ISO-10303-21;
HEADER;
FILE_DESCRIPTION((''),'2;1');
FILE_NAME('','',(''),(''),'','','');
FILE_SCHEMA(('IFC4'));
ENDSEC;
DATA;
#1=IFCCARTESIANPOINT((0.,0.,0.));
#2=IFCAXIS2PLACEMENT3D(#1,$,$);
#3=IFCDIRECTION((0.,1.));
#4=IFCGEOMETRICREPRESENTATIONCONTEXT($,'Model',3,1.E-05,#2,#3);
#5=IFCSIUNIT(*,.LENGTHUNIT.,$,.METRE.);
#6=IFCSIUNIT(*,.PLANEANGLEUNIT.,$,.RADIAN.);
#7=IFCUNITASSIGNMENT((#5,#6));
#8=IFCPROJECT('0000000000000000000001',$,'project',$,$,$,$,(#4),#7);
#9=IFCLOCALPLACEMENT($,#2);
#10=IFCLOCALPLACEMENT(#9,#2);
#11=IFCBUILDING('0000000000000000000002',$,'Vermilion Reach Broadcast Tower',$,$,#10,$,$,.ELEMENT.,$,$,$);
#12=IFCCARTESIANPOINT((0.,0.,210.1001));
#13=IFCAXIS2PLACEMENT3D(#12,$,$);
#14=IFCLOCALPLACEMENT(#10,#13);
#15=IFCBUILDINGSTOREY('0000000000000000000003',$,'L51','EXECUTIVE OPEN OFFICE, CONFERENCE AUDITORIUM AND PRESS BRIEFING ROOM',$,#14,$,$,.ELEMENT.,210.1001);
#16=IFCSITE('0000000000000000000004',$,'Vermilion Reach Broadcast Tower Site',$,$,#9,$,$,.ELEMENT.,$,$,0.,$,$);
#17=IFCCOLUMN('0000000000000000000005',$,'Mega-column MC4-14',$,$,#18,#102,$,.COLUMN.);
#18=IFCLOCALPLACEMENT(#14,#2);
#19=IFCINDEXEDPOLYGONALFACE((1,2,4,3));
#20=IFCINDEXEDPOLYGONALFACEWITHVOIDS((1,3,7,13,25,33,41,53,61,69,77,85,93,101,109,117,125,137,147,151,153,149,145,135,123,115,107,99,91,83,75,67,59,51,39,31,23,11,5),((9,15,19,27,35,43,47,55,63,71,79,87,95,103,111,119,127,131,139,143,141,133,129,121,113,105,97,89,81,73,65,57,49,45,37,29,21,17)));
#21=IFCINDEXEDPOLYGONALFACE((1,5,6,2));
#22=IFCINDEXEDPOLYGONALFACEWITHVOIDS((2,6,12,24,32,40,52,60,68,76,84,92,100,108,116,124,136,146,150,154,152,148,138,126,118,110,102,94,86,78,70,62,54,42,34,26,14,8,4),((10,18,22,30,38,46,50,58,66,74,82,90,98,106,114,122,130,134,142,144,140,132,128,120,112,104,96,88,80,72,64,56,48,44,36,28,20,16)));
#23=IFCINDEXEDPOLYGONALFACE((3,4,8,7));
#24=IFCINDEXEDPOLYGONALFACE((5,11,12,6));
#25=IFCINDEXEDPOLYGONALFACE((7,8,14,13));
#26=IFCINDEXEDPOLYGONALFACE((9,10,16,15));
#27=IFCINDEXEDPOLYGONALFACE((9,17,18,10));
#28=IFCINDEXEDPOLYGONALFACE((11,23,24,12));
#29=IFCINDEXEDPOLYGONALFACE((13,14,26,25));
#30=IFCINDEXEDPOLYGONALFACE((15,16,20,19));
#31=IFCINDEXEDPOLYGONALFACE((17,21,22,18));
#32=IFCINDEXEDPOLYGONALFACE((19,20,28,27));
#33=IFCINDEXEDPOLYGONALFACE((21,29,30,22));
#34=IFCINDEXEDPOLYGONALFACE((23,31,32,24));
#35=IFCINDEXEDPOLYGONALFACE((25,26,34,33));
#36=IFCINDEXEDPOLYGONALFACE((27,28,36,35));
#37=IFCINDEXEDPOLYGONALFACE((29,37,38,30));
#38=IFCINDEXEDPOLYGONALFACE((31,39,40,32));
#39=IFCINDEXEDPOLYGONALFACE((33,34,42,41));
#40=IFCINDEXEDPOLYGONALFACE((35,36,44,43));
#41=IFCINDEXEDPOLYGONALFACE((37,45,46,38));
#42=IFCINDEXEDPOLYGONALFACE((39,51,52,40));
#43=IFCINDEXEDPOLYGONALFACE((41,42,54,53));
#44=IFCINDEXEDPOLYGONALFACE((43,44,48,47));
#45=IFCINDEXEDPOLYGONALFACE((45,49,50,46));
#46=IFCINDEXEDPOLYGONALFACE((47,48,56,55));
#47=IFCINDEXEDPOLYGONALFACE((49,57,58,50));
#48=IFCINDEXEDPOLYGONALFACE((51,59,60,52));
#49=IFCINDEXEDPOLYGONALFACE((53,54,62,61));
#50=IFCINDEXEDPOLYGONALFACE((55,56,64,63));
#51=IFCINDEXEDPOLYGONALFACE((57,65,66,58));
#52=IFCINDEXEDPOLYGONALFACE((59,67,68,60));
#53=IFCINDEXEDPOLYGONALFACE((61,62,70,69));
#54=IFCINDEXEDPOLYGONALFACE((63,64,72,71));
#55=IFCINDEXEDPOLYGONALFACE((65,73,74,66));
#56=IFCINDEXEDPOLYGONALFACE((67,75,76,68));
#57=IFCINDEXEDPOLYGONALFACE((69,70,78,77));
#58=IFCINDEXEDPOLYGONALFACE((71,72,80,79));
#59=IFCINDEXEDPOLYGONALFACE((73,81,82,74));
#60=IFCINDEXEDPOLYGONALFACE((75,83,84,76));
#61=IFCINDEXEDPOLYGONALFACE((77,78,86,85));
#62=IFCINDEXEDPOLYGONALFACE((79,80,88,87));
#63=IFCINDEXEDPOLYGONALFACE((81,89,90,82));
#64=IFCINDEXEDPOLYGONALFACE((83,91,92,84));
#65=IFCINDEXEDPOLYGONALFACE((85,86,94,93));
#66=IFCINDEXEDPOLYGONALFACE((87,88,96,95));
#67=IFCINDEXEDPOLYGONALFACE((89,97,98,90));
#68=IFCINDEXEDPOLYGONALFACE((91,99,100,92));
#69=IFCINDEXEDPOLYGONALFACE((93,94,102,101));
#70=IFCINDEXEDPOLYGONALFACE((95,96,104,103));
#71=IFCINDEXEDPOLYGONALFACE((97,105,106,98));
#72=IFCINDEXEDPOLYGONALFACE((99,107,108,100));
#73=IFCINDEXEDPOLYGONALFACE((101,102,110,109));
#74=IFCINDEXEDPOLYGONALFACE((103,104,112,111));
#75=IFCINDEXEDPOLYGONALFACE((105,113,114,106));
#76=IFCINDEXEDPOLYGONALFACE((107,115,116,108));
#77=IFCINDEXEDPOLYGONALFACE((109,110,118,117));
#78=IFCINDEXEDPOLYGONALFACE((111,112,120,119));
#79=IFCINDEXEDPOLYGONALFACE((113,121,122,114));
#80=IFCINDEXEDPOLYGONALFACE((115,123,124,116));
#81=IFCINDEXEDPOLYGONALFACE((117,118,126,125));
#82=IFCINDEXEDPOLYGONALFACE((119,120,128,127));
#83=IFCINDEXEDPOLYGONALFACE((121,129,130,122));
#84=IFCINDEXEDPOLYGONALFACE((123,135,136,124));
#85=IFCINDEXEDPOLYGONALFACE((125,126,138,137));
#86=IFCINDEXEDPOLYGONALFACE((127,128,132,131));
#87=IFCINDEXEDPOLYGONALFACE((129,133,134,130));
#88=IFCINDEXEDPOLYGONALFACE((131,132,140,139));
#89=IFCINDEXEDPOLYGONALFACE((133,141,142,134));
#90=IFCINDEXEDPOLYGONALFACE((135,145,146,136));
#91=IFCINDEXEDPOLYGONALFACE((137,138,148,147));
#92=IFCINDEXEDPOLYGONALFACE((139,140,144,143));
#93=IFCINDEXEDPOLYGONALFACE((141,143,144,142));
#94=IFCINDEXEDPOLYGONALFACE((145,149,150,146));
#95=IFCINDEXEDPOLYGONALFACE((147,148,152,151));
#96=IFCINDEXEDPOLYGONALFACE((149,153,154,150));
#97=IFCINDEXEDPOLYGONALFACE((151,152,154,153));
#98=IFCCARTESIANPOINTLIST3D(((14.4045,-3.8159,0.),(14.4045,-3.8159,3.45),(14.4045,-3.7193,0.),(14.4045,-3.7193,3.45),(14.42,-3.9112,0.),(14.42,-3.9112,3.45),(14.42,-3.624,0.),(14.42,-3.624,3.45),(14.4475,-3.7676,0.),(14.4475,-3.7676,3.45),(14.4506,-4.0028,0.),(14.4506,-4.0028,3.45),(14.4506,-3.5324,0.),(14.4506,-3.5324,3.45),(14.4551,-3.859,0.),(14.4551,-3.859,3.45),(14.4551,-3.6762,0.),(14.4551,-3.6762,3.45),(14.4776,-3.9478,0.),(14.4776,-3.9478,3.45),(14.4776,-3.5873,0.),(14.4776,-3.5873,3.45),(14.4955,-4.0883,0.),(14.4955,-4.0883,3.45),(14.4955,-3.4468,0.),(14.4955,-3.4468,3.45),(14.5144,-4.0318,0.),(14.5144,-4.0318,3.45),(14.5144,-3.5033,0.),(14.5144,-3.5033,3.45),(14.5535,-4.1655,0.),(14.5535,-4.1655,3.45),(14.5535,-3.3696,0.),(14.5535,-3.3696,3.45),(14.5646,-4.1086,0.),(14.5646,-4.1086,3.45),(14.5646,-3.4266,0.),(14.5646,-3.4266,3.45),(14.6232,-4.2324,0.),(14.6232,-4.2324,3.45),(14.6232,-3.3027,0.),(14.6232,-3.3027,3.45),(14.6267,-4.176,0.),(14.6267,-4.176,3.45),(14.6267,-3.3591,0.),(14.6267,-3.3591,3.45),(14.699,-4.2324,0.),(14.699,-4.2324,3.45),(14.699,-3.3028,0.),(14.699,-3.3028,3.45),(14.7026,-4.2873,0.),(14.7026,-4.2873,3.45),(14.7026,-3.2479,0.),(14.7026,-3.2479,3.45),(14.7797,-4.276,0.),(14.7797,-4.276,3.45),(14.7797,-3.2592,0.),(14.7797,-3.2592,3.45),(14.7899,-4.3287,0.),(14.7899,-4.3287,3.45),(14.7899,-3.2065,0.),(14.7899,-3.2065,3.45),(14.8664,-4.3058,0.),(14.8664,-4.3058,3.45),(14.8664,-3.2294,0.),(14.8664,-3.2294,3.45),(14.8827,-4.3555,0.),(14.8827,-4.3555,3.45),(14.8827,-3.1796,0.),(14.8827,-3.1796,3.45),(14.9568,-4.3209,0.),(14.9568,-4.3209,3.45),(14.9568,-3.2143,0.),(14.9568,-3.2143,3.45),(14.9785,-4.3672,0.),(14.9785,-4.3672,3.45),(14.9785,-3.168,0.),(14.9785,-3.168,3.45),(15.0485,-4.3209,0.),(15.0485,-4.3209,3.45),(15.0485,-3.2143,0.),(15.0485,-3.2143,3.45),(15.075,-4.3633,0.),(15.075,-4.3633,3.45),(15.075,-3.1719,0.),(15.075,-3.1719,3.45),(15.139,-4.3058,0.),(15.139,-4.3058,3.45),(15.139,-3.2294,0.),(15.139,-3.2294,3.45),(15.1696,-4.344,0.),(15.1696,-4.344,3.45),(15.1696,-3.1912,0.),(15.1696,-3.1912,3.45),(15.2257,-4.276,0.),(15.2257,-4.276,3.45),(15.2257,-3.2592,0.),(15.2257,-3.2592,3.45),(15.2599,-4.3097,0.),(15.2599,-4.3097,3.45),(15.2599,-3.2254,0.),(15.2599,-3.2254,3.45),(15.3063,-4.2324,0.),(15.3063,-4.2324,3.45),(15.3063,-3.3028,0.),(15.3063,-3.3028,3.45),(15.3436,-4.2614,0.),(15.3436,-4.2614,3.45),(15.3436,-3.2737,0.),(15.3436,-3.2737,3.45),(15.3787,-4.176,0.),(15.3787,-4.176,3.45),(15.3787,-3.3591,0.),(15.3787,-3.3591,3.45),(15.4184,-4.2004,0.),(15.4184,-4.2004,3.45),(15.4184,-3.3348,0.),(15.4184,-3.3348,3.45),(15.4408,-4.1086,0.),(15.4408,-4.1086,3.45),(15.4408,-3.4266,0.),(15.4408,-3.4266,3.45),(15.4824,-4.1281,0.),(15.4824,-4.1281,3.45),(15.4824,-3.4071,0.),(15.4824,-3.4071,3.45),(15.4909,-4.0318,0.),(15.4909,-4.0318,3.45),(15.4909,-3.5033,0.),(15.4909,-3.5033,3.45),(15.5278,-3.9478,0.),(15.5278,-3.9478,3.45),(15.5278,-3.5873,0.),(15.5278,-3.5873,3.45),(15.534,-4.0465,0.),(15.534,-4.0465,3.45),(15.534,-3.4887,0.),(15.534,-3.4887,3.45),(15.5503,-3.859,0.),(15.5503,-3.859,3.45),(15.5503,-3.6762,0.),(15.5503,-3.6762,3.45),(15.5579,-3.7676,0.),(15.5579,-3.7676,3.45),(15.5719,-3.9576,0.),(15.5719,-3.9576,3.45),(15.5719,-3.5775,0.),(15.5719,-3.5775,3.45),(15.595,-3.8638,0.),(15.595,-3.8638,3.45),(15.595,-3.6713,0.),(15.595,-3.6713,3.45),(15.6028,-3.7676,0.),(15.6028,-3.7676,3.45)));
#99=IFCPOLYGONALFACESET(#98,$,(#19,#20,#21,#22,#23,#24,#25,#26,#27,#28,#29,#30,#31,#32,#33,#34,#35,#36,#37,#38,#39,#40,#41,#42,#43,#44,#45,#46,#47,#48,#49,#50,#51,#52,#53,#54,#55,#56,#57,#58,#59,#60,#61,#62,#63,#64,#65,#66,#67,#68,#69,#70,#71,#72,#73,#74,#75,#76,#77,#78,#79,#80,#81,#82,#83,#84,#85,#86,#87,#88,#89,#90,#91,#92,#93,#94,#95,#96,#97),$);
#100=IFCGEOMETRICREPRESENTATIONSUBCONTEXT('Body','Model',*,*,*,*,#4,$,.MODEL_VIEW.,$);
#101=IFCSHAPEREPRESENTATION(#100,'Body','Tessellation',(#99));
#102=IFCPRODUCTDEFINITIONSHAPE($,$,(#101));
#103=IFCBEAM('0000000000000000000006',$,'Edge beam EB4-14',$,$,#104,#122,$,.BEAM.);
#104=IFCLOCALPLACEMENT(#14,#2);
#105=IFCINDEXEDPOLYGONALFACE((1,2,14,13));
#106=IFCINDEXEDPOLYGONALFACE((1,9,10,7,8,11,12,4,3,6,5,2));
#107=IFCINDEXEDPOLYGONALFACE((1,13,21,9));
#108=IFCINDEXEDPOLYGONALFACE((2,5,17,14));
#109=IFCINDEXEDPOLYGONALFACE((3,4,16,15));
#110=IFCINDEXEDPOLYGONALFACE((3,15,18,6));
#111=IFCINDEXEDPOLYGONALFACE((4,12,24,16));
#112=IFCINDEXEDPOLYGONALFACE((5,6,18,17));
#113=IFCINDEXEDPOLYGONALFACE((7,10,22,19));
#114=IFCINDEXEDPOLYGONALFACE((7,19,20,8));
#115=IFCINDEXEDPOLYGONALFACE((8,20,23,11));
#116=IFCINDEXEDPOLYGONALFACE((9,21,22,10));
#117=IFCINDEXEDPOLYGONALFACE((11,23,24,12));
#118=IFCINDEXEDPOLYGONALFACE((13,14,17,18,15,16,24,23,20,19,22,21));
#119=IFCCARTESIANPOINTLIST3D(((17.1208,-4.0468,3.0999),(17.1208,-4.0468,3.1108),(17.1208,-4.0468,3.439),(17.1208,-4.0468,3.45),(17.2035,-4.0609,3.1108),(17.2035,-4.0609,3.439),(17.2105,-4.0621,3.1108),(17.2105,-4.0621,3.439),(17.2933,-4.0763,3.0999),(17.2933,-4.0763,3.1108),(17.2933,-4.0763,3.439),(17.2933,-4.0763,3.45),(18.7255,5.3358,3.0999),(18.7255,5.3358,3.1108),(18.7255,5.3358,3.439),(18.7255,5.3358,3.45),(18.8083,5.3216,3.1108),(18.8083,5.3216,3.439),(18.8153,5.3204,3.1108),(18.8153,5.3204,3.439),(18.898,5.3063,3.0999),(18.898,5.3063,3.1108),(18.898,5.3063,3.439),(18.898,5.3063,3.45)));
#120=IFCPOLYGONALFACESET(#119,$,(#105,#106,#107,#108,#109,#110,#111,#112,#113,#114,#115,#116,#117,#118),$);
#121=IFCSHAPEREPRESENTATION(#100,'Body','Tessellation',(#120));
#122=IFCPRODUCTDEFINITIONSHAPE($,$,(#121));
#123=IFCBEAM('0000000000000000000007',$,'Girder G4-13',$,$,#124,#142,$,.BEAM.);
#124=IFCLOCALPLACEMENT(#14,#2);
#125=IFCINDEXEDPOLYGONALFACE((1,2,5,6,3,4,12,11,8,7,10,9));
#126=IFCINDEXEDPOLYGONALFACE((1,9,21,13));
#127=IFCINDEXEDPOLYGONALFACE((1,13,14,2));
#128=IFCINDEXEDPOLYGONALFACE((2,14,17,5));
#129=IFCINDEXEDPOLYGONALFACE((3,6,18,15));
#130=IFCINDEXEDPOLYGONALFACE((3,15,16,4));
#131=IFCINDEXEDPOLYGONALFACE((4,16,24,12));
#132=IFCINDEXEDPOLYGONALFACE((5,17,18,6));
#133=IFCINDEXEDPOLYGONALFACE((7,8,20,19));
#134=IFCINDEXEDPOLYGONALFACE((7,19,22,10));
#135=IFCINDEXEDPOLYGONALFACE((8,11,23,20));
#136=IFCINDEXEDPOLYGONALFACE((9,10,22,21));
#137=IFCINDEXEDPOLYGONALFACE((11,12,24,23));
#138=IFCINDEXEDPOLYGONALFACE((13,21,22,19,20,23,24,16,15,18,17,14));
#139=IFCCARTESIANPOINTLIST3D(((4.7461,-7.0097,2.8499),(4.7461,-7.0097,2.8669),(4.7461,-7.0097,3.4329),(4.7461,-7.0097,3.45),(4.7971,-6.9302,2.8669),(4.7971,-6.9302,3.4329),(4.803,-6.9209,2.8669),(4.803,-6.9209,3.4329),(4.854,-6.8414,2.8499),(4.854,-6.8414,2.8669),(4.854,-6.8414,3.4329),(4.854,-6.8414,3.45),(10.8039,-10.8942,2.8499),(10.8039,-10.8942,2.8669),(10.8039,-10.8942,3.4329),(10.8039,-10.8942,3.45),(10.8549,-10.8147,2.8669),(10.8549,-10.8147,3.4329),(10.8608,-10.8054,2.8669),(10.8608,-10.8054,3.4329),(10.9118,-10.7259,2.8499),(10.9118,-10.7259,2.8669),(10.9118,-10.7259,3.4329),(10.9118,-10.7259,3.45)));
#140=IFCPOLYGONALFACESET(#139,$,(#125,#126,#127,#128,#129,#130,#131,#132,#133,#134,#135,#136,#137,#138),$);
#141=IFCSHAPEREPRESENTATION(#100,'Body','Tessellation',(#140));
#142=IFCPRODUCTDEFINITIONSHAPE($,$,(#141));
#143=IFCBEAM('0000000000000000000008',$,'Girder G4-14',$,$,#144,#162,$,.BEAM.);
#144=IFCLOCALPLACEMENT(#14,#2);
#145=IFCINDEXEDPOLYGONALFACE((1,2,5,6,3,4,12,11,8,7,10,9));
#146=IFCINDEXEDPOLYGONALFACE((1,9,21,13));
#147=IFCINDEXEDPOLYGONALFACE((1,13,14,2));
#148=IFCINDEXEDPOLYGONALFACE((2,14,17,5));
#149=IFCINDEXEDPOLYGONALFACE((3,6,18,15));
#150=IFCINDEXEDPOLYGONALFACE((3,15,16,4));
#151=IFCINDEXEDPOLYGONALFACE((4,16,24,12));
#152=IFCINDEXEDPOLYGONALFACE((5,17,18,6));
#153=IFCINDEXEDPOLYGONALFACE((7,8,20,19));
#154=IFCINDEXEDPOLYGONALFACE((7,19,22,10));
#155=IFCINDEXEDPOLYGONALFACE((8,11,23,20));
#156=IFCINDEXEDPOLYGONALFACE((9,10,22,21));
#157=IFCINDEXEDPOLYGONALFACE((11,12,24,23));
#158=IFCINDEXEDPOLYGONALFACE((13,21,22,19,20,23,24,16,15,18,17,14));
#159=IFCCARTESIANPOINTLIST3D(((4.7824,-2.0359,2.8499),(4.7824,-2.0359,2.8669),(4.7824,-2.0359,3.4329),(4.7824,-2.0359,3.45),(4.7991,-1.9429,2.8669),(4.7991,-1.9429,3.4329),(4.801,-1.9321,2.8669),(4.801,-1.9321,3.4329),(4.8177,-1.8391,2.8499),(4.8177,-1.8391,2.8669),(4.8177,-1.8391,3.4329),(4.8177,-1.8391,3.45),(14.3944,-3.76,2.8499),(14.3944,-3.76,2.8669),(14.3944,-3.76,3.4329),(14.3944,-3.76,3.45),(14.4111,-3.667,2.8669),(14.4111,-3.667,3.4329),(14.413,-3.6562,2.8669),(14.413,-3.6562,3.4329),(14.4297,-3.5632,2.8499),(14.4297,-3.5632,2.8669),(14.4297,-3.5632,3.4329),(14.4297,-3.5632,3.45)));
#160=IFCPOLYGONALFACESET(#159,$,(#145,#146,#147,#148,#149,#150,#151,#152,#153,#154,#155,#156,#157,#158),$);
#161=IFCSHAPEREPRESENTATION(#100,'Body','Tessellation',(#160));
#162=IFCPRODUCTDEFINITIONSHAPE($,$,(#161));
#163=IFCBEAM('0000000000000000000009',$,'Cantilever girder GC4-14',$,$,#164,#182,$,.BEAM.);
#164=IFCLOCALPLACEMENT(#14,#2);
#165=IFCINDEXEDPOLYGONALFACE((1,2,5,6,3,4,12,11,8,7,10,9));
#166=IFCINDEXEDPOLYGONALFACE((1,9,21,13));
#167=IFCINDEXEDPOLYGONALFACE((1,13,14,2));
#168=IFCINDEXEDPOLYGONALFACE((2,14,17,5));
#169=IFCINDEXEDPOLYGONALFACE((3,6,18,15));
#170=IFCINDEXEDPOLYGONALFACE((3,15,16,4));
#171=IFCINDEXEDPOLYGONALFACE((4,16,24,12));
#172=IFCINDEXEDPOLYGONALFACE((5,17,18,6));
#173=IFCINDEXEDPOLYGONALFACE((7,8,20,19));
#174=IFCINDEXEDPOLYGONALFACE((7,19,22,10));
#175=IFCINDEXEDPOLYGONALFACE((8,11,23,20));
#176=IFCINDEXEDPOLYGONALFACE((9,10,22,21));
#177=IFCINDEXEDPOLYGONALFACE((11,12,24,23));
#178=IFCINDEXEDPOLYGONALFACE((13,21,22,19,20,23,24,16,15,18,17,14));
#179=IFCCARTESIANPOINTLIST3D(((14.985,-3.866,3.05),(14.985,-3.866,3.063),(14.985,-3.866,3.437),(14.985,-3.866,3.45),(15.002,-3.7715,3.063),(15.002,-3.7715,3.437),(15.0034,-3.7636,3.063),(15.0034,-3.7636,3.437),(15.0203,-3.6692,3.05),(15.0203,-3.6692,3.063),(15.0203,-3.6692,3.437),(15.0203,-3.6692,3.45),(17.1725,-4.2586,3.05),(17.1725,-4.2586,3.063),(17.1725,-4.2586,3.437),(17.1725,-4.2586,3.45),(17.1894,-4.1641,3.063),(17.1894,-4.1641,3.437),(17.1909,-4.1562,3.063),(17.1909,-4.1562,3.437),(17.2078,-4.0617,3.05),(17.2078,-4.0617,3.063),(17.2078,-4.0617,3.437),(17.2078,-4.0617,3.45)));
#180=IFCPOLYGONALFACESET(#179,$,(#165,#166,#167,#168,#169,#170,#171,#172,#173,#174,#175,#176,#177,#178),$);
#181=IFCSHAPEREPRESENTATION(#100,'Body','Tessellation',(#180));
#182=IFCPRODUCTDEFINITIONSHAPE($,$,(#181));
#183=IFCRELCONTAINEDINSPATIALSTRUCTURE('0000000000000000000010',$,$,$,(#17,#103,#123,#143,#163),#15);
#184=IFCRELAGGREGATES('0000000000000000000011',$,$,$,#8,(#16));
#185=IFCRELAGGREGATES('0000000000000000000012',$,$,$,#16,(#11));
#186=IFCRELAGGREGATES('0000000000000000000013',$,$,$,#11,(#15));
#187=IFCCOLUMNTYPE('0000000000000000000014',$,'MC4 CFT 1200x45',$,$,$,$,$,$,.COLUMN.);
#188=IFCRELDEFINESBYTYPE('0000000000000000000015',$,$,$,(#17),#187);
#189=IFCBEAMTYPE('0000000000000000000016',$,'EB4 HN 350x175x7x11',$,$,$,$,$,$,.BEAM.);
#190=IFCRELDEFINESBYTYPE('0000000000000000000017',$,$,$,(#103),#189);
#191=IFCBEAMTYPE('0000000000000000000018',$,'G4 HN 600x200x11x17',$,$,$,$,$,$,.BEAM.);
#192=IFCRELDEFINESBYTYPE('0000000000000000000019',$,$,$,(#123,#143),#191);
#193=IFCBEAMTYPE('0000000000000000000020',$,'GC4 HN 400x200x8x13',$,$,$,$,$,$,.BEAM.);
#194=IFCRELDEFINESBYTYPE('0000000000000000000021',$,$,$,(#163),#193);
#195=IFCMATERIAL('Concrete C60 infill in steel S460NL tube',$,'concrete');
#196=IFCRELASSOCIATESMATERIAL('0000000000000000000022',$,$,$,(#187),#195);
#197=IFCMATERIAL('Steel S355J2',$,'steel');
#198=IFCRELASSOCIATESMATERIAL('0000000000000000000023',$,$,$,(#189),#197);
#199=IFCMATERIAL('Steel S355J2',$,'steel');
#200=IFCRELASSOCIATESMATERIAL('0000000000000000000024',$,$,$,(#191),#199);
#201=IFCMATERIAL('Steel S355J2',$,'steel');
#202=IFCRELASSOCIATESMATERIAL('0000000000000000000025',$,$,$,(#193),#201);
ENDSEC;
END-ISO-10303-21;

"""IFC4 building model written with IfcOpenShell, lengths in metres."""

from ifc_helpers import new_model, si_unit, direction, frame, origin, origin_2d, place, context, subcontext, project, spatial, hollow_circle, i_section, extrude, material, material_profile, profile_set, type_object, element, save


model = new_model("IFC4")

# Units and contexts
model_context = context("Model", 3, precision=1e-05, world=origin(), true_north=direction((0.0, 1.0)))
body_context = subcontext(model_context, "Body", "Model", "MODEL_VIEW")
ifc_project = project(units=[si_unit("LENGTHUNIT", "METRE"), si_unit("PLANEANGLEUNIT", "RADIAN")], contexts=[model_context])

# Site, building, storey
site_placement = place(None, origin())
site = spatial("IfcSite", under=ifc_project, at=site_placement, Name="Vermilion Reach Broadcast Tower Site", CompositionType="ELEMENT", RefElevation=0.0)
building_placement = place(site_placement, origin())
building = spatial("IfcBuilding", under=site, at=building_placement, Name="Vermilion Reach Broadcast Tower", CompositionType="ELEMENT")
storey_placement = place(building_placement, frame((0.0, 0.0, 210.1001)))
storey = spatial("IfcBuildingStorey", under=building, at=storey_placement, Name="L51", Description="EXECUTIVE OPEN OFFICE, CONFERENCE AUDITORIUM AND PRESS BRIEFING ROOM", CompositionType="ELEMENT", Elevation=210.1001)

# Column
ifc_material_1 = material(Name="Concrete C60 infill in steel S460NL tube", Category="concrete")
ifc_material_profile_1 = material_profile(ifc_material_1, hollow_circle(Radius=0.6001, WallThickness=0.0449, at=origin_2d()), Name="Concrete C60 infill in steel S460NL tube CFT 1200x45")
ifc_profile_set_1 = profile_set([ifc_material_profile_1], Name="Concrete C60 infill in steel S460NL tube")
column_type = type_object("IfcColumnType", Name="MC4 CFT 1200x45", PredefinedType="COLUMN", material=ifc_profile_set_1)
column_placement = place(storey_placement, frame((15.0027, -3.7676, 0.0), z_axis=(0.0, 0.0, 1.0), x_axis=(1.0, 0.0, 0.0)))
element("IfcColumn", 1, at=column_placement, inside=storey, type_object=column_type, Name="Mega-column MC4-14", PredefinedType="COLUMN", context=body_context, shape_type="SweptSolid", body=[
    extrude(hollow_circle(Radius=0.6001, WallThickness=0.0449, at=origin_2d()), origin(), (0.0, 0.0, 1.0), 3.45),
])

# Beams
ifc_material_2 = material(Name="Steel S355J2", Category="steel")
ifc_material_profile_2 = material_profile(ifc_material_2, i_section(OverallWidth=0.175, OverallDepth=0.3501, WebThickness=0.0071, FlangeThickness=0.011, at=origin_2d()), Name="S355J2 HN 350x175x7x11")
ifc_profile_set_2 = profile_set([ifc_material_profile_2], Name="Steel S355J2")
beam_type_1 = type_object("IfcBeamType", Name="EB4 HN 350x175x7x11", PredefinedType="BEAM", material=ifc_profile_set_2)
beam_1_placement = place(storey_placement, frame((17.207, -4.0615, 3.2749), z_axis=(0.168586, 0.985687, 0.0), x_axis=(-0.985687, 0.168586, 0.0)))
element("IfcBeam", 2, at=beam_1_placement, inside=storey, type_object=beam_type_1, Name="Edge beam EB4-14", PredefinedType="BEAM", context=body_context, shape_type="SweptSolid", body=[
    extrude(i_section(OverallWidth=0.175, OverallDepth=0.3501, WebThickness=0.0071, FlangeThickness=0.011, at=origin_2d()), origin(), (0.0, 0.0, 1.0), 9.5188),
])
ifc_material_3 = material(Name="Steel S355J2", Category="steel")
ifc_material_profile_3 = material_profile(ifc_material_3, i_section(OverallWidth=0.2, OverallDepth=0.6001, WebThickness=0.011, FlangeThickness=0.0171, at=origin_2d()), Name="S355J2 HN 600x200x11x17")
ifc_profile_set_3 = profile_set([ifc_material_profile_3], Name="Steel S355J2")
beam_type_2 = type_object("IfcBeamType", Name="G4 HN 600x200x11x17", PredefinedType="BEAM", material=ifc_profile_set_3)
beam_2_placement = place(storey_placement, frame((4.8, -6.9255, 3.1499), z_axis=(0.841799, -0.539792, 0.0), x_axis=(0.539792, 0.841799, 0.0)))
element("IfcBeam", 3, at=beam_2_placement, inside=storey, type_object=beam_type_2, Name="Girder G4-13", PredefinedType="BEAM", context=body_context, shape_type="SweptSolid", body=[
    extrude(i_section(OverallWidth=0.2, OverallDepth=0.6001, WebThickness=0.011, FlangeThickness=0.0171, at=origin_2d()), origin(), (0.0, 0.0, 1.0), 7.1963),
])
beam_3_placement = place(storey_placement, frame((4.8, -1.9375, 3.1499), z_axis=(0.984291, -0.176553, 0.0), x_axis=(0.176553, 0.984291, 0.0)))
element("IfcBeam", 4, at=beam_3_placement, inside=storey, type_object=beam_type_2, Name="Girder G4-14", PredefinedType="BEAM", context=body_context, shape_type="SweptSolid", body=[
    extrude(i_section(OverallWidth=0.2, OverallDepth=0.6001, WebThickness=0.011, FlangeThickness=0.0171, at=origin_2d()), origin(), (0.0, 0.0, 1.0), 9.7654),
])
ifc_material_4 = material(Name="Steel S355J2", Category="steel")
ifc_material_profile_4 = material_profile(ifc_material_4, i_section(OverallWidth=0.2, OverallDepth=0.3999, WebThickness=0.0081, FlangeThickness=0.0129, at=origin_2d()), Name="S355J2 HN 400x200x8x13")
ifc_profile_set_4 = profile_set([ifc_material_profile_4], Name="Steel S355J2")
beam_type_3 = type_object("IfcBeamType", Name="GC4 HN 400x200x8x13", PredefinedType="BEAM", material=ifc_profile_set_4)
beam_4_placement = place(storey_placement, frame((15.0027, -3.7676, 3.25), z_axis=(0.984275, -0.176642, 0.0), x_axis=(0.176642, 0.984275, 0.0)))
element("IfcBeam", 5, at=beam_4_placement, inside=storey, type_object=beam_type_3, Name="Cantilever girder GC4-14", PredefinedType="BEAM", context=body_context, shape_type="SweptSolid", body=[
    extrude(i_section(OverallWidth=0.2, OverallDepth=0.3999, WebThickness=0.0081, FlangeThickness=0.0129, at=origin_2d()), origin(), (0.0, 0.0, 1.0), 2.2224),
])

save(model, "model.ifc")
